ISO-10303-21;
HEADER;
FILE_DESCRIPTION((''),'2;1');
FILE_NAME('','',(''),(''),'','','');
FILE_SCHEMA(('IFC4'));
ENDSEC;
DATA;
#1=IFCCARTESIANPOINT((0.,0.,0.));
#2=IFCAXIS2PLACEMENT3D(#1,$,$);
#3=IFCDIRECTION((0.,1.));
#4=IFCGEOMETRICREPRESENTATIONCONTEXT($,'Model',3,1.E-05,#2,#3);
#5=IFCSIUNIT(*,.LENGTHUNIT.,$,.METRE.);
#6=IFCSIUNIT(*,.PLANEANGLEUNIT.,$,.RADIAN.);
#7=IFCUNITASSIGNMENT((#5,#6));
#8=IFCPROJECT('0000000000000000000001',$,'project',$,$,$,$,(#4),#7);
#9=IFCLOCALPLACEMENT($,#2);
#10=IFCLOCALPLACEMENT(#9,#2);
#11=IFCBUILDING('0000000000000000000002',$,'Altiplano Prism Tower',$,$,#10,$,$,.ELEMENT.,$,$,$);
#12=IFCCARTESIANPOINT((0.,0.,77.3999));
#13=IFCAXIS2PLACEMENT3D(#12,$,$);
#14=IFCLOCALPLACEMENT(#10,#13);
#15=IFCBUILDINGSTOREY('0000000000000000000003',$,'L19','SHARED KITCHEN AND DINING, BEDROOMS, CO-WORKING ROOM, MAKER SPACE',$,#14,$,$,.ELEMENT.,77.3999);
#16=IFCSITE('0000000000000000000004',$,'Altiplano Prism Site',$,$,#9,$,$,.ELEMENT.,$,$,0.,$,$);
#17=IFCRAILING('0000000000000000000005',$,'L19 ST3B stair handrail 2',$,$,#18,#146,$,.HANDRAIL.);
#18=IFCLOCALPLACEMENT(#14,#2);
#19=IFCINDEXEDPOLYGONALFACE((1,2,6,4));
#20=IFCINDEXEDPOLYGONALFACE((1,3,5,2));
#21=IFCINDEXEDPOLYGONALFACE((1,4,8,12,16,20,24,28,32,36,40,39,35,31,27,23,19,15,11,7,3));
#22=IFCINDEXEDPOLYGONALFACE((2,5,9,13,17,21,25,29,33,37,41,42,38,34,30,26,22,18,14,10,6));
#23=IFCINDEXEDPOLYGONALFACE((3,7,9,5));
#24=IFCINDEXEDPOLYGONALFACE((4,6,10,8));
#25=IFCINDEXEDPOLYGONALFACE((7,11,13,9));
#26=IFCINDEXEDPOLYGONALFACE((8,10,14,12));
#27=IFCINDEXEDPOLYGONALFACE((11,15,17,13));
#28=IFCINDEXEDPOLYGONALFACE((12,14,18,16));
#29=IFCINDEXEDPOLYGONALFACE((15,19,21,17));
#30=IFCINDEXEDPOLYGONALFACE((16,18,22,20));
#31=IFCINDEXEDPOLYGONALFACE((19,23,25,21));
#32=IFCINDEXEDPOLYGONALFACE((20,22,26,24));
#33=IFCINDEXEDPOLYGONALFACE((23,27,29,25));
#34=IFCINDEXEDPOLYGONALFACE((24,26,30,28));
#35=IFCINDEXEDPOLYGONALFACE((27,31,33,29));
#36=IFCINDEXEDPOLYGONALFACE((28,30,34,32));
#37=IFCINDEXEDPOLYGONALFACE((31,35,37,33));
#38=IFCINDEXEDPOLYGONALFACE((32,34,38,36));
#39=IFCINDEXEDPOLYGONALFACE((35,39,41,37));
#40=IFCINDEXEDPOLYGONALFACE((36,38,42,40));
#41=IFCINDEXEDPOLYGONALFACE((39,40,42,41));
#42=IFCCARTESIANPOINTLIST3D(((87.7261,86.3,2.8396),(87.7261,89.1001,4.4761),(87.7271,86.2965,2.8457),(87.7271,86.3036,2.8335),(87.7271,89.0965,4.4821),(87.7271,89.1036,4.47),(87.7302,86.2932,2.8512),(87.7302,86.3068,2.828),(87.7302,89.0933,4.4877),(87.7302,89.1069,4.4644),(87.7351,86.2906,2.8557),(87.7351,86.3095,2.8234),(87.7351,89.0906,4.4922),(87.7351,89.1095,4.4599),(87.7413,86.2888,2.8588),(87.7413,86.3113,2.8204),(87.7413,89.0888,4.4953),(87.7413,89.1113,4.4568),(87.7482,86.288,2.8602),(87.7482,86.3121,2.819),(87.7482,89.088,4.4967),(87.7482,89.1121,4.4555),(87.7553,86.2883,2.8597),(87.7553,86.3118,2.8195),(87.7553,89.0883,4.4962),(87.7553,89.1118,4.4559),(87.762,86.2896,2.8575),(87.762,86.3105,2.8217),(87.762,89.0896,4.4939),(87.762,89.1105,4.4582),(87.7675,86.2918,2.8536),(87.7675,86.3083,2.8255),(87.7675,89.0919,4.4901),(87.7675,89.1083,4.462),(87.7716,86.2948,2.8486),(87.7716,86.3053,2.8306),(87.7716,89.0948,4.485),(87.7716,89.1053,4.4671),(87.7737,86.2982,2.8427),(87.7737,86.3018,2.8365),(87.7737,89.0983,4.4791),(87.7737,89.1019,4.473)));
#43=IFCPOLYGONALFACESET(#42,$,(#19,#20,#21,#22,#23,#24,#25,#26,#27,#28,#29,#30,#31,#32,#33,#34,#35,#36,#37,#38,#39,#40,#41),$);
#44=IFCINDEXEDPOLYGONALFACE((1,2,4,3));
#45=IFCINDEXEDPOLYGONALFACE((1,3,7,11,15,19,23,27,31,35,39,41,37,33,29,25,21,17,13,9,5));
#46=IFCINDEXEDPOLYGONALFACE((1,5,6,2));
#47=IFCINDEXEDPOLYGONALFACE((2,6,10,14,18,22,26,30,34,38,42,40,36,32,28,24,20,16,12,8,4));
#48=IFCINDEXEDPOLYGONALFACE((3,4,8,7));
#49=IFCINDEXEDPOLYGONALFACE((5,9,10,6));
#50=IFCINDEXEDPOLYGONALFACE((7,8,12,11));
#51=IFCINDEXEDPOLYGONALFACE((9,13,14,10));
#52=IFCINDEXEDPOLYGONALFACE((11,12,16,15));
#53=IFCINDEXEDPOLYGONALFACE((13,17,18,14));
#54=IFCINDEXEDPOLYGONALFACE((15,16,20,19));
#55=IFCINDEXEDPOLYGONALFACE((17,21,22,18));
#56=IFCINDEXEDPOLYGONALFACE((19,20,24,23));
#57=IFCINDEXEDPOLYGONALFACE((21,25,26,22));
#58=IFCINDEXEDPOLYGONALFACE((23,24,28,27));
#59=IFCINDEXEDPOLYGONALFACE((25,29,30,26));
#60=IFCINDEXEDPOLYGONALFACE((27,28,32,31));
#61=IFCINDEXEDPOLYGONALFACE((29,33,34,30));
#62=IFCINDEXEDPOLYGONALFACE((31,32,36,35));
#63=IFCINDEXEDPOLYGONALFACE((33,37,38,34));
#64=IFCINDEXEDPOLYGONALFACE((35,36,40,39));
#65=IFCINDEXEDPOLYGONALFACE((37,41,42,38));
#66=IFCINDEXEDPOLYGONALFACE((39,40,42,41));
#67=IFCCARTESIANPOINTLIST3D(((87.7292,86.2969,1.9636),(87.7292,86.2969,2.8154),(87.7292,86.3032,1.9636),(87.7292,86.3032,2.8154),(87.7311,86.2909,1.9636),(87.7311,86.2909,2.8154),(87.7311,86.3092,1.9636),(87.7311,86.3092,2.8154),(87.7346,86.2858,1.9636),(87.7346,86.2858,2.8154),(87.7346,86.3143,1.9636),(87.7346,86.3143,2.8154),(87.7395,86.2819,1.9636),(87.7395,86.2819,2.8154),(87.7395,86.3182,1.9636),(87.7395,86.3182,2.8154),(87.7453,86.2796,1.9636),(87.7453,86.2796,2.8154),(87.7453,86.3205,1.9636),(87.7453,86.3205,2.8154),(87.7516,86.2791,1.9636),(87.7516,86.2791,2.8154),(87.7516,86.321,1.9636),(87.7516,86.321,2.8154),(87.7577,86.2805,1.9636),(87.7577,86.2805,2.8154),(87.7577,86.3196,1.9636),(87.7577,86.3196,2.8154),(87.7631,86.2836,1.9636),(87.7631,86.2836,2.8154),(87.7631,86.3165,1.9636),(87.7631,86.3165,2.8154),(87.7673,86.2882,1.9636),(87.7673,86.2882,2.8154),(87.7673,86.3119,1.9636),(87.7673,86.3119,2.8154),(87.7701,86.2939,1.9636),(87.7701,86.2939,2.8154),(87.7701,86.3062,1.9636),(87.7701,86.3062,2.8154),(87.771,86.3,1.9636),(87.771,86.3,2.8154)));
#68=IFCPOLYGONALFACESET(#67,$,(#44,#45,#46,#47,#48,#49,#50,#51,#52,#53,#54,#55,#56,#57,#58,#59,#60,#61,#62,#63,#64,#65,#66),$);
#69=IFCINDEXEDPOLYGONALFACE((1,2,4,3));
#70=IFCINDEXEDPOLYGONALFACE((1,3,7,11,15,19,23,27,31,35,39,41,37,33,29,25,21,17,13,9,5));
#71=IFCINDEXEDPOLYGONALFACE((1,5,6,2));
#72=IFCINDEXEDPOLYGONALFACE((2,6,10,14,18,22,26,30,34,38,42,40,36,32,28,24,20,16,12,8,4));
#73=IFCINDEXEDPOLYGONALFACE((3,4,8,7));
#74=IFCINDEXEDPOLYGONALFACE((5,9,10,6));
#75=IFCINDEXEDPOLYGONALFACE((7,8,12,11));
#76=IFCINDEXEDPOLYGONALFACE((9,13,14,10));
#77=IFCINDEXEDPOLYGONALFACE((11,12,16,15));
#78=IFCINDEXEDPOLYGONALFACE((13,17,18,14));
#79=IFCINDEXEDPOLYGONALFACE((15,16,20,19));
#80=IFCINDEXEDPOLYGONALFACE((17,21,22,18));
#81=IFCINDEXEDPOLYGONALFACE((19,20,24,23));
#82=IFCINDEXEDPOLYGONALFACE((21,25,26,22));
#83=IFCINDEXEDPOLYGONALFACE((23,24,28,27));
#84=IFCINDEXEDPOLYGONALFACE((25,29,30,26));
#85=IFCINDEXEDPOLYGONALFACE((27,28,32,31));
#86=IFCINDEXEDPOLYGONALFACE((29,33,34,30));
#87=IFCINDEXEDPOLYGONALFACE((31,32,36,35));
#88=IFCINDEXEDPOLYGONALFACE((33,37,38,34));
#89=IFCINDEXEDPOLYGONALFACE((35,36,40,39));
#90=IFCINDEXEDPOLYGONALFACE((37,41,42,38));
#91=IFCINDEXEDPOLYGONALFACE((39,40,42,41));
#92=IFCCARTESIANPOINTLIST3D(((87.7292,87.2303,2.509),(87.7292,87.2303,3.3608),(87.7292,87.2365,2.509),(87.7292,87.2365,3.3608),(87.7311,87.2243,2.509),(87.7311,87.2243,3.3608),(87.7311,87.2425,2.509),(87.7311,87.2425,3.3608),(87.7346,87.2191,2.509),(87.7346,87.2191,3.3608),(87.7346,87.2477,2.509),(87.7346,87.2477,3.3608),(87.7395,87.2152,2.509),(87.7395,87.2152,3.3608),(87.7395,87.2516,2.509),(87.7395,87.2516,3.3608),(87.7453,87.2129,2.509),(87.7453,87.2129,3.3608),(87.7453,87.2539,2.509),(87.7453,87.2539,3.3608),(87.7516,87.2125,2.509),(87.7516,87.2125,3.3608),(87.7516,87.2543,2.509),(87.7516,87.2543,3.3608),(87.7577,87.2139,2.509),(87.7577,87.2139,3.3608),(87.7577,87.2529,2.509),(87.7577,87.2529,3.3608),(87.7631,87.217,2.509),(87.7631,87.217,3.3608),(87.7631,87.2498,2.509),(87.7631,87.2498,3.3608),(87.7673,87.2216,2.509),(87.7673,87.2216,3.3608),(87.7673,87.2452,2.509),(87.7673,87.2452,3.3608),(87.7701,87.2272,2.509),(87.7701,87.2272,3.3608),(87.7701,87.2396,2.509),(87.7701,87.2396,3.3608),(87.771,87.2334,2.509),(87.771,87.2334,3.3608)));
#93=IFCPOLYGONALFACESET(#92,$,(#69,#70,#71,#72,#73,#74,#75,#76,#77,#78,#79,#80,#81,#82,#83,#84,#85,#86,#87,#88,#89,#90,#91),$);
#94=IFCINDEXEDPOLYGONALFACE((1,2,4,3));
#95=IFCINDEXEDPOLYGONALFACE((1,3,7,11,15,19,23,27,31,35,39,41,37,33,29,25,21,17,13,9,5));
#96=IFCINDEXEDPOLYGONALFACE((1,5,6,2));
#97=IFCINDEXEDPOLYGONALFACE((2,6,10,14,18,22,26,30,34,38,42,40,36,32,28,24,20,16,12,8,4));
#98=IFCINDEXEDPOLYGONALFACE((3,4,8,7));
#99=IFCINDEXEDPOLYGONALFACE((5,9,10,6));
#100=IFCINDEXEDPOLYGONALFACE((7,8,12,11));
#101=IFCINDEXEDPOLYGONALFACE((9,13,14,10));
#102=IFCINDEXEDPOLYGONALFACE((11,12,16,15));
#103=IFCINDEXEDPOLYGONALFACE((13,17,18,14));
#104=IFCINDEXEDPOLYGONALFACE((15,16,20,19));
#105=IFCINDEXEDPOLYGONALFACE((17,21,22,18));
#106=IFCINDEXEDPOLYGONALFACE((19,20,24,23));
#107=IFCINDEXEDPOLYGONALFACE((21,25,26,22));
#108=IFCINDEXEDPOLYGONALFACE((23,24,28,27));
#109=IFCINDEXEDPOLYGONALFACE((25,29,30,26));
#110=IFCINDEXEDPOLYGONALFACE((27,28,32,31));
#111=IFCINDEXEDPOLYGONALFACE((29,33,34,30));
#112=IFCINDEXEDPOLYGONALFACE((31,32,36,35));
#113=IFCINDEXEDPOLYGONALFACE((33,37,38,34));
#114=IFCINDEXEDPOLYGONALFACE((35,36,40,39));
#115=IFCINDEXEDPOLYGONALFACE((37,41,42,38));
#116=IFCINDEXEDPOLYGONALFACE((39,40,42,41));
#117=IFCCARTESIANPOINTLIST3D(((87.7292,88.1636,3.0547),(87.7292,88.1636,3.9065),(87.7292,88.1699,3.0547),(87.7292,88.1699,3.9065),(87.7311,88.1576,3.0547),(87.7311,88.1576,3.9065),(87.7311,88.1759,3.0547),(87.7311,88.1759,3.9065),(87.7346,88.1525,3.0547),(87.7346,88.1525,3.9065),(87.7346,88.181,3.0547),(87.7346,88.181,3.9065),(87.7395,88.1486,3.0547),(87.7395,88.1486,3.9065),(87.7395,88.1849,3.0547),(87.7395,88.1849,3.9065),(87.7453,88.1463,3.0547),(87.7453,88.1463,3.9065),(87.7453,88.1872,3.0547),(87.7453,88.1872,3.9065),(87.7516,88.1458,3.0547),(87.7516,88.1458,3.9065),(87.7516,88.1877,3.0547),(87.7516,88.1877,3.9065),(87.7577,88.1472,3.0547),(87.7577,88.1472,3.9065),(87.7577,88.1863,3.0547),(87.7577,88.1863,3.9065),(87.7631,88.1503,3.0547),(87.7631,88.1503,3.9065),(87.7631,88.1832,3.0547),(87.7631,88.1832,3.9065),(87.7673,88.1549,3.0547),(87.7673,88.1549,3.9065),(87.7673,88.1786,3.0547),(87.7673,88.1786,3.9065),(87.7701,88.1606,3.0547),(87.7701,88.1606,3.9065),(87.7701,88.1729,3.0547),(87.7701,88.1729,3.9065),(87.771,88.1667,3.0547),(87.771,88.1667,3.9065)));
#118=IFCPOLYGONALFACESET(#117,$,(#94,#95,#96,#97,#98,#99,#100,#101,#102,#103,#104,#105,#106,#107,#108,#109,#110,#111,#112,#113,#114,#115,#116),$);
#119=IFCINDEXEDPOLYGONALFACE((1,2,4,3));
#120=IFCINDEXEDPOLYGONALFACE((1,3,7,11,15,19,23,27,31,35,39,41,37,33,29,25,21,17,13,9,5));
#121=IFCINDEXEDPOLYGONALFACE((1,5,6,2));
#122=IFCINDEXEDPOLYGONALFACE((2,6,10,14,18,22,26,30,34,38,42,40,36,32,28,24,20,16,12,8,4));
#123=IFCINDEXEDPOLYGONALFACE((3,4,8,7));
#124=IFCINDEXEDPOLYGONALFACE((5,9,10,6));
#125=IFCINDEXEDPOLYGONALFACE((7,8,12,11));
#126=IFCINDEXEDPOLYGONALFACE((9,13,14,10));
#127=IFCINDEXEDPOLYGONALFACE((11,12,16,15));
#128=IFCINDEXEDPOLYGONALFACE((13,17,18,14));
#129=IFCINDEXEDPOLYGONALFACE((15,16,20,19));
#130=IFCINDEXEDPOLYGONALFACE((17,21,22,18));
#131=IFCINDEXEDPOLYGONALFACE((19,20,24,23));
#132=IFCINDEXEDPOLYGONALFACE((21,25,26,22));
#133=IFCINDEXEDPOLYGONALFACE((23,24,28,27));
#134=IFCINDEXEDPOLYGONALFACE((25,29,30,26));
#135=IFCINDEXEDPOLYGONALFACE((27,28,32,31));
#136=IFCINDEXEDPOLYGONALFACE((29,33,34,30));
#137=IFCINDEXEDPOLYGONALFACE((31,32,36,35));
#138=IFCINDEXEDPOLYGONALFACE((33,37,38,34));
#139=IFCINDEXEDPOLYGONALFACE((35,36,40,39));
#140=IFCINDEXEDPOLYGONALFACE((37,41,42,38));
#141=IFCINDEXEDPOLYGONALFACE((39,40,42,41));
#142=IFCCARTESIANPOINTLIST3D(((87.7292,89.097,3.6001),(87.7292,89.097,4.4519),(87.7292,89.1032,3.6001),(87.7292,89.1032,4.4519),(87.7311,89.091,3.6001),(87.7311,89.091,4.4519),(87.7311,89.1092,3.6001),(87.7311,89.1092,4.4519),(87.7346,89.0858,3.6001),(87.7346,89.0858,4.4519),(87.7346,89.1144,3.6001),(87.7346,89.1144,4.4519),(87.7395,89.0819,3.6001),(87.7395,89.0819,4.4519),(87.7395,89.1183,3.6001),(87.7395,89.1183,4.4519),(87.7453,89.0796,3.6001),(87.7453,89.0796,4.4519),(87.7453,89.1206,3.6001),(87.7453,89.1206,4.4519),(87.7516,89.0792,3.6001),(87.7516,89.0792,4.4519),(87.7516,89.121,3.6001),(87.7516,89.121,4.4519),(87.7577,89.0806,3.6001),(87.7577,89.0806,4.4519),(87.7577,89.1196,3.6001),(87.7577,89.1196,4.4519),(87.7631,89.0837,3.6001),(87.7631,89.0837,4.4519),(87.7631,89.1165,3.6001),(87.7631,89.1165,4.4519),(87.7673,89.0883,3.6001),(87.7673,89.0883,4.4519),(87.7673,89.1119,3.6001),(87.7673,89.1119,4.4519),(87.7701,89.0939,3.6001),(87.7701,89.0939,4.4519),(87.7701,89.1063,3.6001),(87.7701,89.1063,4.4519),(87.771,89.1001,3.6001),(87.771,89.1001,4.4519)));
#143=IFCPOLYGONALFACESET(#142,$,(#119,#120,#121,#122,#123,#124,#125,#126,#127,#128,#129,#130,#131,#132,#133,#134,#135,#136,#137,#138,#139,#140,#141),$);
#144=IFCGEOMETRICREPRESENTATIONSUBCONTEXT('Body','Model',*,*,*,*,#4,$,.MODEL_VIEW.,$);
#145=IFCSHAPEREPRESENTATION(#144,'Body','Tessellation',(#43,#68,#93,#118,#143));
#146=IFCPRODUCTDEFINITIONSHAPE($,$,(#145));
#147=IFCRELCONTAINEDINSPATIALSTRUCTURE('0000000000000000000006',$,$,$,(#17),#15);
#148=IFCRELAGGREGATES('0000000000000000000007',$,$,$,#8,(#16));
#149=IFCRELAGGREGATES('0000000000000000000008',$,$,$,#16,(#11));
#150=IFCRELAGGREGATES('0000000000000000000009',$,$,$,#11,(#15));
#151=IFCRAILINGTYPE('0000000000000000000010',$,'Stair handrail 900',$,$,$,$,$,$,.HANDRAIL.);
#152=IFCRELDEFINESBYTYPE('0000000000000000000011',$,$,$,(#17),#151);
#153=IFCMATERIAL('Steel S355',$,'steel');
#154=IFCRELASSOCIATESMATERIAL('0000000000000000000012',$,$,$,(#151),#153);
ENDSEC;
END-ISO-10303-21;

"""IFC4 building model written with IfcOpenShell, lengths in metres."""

from ifc_helpers import new_model, si_unit, direction, frame, origin, origin_2d, place, context, subcontext, project, spatial, circle, extrude, material, type_object, element, save


model = new_model("IFC4")

# Units and contexts
model_context = context("Model", 3, precision=1e-05, world=origin(), true_north=direction((0.0, 1.0)))
body_context = subcontext(model_context, "Body", "Model", "MODEL_VIEW")
ifc_project = project(units=[si_unit("LENGTHUNIT", "METRE"), si_unit("PLANEANGLEUNIT", "RADIAN")], contexts=[model_context])

# Site, building, storey
site_placement = place(None, origin())
site = spatial("IfcSite", under=ifc_project, at=site_placement, Name="Altiplano Prism Site", CompositionType="ELEMENT", RefElevation=0.0)
building_placement = place(site_placement, origin())
building = spatial("IfcBuilding", under=site, at=building_placement, Name="Altiplano Prism Tower", CompositionType="ELEMENT")
storey_placement = place(building_placement, frame((0.0, 0.0, 77.3999)))
storey = spatial("IfcBuildingStorey", under=building, at=storey_placement, Name="L19", Description="SHARED KITCHEN AND DINING, BEDROOMS, CO-WORKING ROOM, MAKER SPACE", CompositionType="ELEMENT", Elevation=77.3999)

# Railing
ifc_material_1 = material(Name="Steel S355", Category="steel")
railing_type = type_object("IfcRailingType", Name="Stair handrail 900", PredefinedType="HANDRAIL", material=ifc_material_1)
for number, where, name in (
    (1, (87.75, 86.3, 1.9636), "L19 ST3B stair handrail 2"),
):
    element("IfcRailing", number, at=place(storey_placement, frame(where)), inside=storey, type_object=railing_type, Name=name, PredefinedType="HANDRAIL", context=body_context, shape_type="SweptSolid", body=[
        extrude(circle(Radius=0.0239, at=origin_2d()), frame((0.0, 0.0, 0.876), z_axis=(0.0, 0.863361, 0.504587), x_axis=(-1.0, 0.0, 0.0)), (0.0, 0.0, 1.0), 3.2432),
        extrude(circle(Radius=0.021, at=origin_2d()), origin(), (0.0, 0.0, 1.0), 0.8518),
        extrude(circle(Radius=0.021, at=origin_2d()), frame((0.0, 0.9333, 0.5454)), (0.0, 0.0, 1.0), 0.8518),
        extrude(circle(Radius=0.021, at=origin_2d()), frame((0.0, 1.8667, 1.0911)), (0.0, 0.0, 1.0), 0.8518),
        extrude(circle(Radius=0.021, at=origin_2d()), frame((0.0, 2.8, 1.6365)), (0.0, 0.0, 1.0), 0.8518),
    ])

save(model, "model.ifc")
